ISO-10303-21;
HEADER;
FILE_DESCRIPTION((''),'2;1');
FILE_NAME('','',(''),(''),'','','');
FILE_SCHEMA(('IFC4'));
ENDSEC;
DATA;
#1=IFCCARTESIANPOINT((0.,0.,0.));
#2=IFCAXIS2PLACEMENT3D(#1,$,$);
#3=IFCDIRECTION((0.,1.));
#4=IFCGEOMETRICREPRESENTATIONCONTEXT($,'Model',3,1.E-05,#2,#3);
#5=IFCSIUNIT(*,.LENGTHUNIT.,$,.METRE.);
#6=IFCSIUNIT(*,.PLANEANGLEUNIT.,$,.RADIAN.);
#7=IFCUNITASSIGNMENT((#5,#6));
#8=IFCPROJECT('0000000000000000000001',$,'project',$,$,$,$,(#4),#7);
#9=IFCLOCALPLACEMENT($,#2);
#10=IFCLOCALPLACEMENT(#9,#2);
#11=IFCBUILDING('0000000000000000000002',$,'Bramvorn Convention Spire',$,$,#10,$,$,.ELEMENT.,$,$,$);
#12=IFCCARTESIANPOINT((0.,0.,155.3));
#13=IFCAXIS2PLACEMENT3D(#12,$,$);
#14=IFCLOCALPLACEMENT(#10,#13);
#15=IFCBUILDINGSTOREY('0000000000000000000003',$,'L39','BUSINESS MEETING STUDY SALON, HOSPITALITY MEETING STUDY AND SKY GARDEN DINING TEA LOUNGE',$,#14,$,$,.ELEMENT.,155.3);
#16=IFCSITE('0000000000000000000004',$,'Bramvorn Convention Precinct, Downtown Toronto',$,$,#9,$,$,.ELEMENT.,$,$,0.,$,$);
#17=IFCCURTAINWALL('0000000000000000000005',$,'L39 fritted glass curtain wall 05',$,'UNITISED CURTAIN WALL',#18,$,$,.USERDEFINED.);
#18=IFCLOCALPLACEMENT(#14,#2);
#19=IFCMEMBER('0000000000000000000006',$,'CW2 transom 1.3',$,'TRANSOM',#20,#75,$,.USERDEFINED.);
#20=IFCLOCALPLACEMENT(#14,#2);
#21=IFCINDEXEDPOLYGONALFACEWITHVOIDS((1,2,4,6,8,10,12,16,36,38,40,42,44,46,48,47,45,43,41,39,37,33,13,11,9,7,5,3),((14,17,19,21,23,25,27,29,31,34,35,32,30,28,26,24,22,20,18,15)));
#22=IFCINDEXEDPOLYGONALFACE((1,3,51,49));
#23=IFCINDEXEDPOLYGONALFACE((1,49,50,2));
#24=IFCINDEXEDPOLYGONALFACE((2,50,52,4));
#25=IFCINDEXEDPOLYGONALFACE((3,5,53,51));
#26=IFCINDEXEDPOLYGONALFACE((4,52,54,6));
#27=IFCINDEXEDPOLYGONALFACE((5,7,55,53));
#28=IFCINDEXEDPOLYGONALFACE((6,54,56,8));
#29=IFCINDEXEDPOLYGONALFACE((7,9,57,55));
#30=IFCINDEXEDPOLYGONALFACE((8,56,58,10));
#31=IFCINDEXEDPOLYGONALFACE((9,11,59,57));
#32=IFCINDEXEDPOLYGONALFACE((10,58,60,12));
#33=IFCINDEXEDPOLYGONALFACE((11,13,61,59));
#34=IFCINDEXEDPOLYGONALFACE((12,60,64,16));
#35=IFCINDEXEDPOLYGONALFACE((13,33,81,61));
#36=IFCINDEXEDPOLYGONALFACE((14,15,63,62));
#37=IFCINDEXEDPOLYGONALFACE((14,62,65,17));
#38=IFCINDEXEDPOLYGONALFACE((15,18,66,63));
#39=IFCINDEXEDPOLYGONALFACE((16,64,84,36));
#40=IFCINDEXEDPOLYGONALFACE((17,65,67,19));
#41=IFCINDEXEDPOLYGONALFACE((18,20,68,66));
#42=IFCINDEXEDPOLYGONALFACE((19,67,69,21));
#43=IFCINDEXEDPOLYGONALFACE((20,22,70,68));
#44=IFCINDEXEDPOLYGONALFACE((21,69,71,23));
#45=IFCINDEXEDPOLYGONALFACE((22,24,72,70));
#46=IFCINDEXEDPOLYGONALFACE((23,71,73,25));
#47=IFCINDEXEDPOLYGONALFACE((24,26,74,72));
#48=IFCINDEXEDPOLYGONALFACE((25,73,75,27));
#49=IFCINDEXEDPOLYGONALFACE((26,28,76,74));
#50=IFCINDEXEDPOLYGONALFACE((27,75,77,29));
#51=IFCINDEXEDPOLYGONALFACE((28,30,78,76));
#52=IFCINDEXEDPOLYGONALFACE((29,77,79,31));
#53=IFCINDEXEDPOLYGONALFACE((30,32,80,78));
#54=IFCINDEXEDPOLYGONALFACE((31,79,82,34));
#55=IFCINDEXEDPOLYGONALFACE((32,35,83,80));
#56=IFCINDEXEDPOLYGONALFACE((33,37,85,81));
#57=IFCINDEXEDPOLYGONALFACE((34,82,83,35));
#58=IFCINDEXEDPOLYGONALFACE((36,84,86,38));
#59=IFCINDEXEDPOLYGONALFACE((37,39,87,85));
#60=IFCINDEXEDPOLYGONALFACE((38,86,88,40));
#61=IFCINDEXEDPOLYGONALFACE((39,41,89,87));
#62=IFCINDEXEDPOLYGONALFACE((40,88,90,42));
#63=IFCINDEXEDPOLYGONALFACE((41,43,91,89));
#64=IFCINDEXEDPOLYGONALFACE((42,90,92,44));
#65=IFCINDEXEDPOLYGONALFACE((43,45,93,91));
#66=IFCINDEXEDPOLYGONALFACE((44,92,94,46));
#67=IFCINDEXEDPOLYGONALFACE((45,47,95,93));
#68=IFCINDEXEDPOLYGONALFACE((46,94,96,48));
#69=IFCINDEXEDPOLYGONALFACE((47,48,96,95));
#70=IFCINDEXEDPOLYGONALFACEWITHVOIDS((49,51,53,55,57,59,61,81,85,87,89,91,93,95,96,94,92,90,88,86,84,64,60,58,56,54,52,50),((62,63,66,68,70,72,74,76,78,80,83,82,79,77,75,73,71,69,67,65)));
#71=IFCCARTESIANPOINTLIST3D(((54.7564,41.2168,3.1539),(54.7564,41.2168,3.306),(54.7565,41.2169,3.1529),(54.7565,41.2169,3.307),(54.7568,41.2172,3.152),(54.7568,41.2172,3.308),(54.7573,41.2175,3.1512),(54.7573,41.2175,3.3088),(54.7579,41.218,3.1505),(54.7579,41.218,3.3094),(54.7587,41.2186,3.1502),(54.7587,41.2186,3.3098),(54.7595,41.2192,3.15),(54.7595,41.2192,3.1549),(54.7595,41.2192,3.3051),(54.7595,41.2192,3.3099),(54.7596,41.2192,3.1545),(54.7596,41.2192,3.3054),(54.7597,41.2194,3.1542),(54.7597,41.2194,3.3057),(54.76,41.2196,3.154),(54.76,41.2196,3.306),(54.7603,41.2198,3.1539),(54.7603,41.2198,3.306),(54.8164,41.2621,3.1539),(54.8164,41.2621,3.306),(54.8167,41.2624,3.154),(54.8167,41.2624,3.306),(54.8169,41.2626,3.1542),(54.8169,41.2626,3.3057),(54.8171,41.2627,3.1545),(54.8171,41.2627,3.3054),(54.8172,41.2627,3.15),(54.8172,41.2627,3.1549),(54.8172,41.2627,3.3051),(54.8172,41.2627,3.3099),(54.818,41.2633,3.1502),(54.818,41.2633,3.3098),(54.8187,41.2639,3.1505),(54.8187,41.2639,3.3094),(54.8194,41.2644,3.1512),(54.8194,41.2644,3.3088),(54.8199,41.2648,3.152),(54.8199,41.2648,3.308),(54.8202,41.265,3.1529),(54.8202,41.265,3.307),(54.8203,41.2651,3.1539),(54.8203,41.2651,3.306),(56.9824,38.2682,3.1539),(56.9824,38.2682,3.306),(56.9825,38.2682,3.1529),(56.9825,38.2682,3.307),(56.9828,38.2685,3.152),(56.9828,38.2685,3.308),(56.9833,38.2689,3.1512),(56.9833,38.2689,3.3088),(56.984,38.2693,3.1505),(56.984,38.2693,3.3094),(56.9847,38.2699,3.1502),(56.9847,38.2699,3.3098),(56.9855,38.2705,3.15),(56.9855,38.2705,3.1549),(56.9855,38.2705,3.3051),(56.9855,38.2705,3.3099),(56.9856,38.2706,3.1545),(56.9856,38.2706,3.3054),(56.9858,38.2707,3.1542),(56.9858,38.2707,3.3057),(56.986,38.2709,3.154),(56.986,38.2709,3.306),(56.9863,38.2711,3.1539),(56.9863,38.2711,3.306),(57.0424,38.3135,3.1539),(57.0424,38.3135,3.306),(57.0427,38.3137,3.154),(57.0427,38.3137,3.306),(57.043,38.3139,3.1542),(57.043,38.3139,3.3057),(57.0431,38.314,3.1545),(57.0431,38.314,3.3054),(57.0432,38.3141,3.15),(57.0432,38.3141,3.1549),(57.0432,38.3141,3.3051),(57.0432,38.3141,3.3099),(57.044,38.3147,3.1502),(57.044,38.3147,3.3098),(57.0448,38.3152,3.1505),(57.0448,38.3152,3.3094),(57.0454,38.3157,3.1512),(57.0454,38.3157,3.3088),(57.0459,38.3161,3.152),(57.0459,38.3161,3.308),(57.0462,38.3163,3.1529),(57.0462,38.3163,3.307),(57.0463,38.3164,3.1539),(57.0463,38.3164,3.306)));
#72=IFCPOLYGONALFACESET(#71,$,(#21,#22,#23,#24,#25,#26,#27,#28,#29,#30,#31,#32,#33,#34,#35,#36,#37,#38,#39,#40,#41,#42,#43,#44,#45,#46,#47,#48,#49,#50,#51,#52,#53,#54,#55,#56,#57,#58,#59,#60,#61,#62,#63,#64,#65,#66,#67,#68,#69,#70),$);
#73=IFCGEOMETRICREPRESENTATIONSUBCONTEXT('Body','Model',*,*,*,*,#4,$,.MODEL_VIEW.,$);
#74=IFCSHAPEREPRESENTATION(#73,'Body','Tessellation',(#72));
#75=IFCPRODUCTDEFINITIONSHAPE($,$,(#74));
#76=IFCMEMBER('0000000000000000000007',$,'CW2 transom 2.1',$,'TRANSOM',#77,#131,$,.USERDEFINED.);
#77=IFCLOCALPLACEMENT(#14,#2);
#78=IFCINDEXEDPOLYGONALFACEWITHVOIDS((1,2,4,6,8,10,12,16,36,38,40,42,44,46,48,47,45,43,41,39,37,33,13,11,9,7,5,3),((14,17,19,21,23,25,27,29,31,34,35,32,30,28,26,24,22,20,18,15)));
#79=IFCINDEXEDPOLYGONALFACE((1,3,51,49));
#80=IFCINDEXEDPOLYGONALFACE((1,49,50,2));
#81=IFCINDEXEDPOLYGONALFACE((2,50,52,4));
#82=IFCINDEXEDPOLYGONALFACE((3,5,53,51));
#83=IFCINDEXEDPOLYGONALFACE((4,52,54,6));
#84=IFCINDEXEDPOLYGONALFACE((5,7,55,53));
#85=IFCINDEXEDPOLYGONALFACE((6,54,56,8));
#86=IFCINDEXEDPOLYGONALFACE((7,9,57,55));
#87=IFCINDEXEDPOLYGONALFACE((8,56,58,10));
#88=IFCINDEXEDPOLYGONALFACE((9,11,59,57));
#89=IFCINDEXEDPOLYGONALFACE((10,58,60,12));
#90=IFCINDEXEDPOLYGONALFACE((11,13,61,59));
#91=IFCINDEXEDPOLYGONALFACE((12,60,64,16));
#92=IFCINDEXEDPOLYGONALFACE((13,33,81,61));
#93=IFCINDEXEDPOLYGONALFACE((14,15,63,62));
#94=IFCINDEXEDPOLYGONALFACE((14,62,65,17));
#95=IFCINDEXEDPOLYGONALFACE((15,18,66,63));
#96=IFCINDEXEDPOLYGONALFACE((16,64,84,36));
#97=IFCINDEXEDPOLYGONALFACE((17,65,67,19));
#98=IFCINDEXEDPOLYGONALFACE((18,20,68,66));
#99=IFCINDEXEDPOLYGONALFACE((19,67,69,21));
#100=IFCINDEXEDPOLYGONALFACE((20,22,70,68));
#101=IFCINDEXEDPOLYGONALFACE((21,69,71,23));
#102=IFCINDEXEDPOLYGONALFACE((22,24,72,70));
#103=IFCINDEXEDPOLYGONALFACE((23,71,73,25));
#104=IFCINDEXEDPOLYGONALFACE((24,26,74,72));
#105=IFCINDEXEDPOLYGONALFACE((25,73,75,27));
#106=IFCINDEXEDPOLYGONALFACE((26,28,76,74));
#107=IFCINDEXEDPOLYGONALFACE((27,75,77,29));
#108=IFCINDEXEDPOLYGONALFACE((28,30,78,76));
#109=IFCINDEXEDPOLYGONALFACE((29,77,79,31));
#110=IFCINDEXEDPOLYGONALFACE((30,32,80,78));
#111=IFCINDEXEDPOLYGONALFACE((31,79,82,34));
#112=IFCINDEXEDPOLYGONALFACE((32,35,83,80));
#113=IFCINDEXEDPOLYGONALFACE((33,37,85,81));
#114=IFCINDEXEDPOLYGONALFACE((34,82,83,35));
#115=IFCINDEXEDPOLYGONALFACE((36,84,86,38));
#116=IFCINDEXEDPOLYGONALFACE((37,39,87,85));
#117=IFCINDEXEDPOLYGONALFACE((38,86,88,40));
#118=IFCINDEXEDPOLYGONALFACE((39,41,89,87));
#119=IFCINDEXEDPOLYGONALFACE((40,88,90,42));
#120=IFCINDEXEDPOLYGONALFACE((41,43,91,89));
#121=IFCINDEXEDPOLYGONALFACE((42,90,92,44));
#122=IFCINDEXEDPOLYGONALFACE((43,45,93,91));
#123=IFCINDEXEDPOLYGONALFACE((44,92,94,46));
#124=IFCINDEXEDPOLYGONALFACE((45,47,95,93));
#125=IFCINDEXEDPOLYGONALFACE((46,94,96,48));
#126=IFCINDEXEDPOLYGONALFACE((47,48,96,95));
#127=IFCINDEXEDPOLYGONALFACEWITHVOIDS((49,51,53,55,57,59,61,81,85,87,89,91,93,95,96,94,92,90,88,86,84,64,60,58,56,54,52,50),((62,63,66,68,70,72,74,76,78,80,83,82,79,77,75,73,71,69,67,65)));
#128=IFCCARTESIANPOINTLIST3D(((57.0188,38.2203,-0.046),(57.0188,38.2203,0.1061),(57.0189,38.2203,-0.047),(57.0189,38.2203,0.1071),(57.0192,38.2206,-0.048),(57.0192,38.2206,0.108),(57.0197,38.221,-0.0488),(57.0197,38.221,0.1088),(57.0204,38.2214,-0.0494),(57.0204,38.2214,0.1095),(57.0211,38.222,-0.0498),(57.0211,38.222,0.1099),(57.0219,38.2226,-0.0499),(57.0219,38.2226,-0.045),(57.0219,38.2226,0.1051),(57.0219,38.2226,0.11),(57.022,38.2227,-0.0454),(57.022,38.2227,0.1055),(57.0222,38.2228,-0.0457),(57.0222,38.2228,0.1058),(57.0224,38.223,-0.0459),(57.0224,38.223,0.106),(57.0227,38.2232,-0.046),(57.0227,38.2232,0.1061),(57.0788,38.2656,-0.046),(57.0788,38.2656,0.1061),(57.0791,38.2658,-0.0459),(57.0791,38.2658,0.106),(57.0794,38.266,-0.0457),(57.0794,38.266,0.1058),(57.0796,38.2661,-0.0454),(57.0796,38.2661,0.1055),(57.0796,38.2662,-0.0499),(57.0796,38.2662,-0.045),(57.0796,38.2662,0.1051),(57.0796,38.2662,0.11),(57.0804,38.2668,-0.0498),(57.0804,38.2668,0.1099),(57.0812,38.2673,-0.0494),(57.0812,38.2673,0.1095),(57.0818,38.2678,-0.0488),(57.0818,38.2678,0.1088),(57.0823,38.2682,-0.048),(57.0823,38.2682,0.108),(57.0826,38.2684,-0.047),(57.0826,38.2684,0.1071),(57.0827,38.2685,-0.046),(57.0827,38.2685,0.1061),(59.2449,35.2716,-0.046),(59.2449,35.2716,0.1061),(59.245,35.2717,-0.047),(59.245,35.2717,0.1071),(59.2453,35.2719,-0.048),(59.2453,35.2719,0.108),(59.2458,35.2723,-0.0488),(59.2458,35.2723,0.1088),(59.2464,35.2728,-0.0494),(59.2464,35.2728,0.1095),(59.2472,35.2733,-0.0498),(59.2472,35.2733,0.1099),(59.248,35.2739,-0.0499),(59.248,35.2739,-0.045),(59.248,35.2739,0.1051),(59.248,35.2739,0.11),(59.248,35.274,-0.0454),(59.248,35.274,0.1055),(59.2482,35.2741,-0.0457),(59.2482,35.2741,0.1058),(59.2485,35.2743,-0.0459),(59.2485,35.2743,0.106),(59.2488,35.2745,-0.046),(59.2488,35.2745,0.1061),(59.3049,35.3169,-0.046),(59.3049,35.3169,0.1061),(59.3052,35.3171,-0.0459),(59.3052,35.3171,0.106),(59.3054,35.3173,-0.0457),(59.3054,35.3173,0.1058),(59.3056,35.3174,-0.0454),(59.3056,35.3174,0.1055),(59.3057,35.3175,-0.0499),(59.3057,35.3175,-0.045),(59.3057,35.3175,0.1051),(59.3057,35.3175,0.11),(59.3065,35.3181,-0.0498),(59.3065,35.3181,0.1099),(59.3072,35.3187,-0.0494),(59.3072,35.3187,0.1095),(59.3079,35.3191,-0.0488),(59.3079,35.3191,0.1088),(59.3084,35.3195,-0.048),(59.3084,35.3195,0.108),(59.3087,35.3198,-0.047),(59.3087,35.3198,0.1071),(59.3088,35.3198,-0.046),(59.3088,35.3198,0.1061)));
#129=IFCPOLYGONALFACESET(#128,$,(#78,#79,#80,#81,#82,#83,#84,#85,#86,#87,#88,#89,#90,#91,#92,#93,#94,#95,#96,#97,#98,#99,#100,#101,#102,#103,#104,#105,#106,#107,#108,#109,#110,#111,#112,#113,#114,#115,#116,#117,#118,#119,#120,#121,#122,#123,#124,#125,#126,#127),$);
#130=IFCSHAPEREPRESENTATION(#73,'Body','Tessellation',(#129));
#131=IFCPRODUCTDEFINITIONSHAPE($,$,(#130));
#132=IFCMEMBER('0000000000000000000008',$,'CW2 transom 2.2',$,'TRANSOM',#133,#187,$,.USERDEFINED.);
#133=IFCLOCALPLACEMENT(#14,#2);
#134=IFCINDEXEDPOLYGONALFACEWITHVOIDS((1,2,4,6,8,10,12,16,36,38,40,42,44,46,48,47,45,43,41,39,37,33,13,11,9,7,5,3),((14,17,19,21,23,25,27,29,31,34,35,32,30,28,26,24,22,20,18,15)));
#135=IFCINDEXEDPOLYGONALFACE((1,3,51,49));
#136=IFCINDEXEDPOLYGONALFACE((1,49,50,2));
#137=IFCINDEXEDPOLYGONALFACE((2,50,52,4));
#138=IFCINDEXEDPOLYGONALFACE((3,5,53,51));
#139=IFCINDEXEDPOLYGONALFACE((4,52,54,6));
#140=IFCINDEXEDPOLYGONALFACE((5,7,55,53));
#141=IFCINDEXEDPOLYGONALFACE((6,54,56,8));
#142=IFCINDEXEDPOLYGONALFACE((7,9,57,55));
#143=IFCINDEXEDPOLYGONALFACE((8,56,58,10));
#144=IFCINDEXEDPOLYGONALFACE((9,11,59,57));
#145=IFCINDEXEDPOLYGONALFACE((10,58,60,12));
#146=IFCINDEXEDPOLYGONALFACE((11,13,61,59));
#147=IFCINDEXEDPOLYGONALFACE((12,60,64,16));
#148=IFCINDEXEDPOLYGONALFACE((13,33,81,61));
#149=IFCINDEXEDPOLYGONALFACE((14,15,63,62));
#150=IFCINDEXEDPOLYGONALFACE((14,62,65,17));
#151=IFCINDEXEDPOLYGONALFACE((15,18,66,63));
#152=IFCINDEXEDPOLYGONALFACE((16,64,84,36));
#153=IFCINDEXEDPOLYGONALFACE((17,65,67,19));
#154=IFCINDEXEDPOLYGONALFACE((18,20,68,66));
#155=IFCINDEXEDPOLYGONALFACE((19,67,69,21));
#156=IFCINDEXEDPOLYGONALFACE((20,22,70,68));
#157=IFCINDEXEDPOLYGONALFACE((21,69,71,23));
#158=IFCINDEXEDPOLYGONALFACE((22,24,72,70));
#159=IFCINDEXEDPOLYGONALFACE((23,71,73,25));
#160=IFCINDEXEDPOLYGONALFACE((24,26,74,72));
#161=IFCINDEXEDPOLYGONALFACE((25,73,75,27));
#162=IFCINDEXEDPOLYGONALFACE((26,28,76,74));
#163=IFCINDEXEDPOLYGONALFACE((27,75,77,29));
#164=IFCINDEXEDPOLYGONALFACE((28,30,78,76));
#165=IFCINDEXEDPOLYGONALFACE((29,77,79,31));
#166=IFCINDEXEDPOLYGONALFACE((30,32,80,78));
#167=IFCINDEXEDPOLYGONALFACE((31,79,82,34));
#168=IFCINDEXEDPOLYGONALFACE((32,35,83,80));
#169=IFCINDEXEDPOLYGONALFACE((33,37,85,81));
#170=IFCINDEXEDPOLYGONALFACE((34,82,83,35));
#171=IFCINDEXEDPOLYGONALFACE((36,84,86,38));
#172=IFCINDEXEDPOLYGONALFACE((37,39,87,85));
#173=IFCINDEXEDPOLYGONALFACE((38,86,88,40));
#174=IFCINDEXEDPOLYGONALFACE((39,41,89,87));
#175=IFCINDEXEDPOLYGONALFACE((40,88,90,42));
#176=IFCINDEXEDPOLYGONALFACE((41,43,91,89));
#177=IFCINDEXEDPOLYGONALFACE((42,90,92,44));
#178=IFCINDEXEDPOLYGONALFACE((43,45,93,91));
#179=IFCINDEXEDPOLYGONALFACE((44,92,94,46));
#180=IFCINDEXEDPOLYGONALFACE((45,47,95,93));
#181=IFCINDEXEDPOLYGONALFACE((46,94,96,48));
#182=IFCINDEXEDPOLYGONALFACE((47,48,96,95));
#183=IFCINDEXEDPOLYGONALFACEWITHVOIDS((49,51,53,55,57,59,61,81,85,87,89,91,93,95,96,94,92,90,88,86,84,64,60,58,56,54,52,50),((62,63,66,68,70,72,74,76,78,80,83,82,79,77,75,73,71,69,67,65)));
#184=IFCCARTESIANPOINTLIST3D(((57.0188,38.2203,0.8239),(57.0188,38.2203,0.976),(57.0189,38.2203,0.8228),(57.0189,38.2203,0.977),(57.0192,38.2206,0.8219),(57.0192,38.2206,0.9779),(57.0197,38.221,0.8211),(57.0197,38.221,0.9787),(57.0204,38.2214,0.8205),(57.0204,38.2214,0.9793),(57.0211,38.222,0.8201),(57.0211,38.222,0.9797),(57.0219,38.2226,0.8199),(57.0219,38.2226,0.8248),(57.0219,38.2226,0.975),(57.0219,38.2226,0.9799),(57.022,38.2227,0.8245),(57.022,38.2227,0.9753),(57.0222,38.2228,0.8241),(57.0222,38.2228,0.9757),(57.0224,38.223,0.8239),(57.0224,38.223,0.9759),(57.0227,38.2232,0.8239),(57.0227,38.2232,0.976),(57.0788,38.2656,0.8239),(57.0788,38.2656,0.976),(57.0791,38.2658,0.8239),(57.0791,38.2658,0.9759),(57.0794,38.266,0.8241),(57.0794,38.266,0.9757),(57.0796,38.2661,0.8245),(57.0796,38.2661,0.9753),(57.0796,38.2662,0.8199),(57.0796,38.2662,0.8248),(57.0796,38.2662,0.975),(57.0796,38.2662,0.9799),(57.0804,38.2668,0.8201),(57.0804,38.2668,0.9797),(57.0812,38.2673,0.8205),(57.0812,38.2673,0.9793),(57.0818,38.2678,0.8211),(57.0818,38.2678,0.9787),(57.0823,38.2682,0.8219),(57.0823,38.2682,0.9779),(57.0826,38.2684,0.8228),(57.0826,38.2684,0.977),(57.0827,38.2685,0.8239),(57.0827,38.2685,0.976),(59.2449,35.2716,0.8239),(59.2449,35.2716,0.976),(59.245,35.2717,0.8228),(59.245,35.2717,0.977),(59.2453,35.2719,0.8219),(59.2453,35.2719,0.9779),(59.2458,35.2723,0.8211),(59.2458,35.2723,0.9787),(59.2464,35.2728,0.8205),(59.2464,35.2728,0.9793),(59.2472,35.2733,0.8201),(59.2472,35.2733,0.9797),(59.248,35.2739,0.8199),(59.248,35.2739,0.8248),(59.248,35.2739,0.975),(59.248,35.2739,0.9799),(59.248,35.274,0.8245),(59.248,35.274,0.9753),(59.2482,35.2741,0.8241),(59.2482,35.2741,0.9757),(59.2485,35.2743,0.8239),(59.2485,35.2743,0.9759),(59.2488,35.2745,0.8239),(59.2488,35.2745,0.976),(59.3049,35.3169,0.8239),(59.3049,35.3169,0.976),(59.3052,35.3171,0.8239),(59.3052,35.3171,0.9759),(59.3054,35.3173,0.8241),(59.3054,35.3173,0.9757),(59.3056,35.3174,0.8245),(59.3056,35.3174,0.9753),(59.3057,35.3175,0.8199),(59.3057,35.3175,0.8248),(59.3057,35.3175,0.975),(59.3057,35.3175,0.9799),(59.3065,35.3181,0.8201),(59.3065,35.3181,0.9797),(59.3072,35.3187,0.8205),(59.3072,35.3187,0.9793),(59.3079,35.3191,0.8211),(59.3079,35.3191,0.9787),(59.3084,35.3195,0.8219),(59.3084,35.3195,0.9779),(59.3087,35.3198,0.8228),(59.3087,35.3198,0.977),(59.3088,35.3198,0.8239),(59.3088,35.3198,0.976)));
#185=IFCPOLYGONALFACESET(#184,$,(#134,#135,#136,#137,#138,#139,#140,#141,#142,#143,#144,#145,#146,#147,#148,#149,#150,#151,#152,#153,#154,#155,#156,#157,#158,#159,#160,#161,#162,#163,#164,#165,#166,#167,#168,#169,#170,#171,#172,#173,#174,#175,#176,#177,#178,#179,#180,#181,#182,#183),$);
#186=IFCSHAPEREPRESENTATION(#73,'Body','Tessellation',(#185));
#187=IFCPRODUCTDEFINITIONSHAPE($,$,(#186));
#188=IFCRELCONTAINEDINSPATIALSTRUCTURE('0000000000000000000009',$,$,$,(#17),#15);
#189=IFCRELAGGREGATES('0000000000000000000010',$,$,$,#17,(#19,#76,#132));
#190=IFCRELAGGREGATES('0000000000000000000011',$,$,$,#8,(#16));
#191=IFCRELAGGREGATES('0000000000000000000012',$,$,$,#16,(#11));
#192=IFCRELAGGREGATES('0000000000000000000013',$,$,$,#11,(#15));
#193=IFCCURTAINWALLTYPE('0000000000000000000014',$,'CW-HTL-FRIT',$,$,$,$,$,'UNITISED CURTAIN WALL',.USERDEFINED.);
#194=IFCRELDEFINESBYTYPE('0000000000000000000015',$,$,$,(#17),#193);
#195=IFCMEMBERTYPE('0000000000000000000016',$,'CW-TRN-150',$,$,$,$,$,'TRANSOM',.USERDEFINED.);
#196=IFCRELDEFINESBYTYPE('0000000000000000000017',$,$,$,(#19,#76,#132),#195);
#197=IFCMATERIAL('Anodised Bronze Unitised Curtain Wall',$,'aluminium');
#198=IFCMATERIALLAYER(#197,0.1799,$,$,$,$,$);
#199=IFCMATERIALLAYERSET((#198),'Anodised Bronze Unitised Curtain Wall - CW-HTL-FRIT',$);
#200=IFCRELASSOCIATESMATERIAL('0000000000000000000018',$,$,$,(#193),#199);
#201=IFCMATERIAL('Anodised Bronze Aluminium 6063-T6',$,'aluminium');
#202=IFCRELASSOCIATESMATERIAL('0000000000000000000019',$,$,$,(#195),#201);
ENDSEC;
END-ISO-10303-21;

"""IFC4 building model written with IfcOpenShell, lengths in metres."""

from ifc_helpers import new_model, si_unit, direction, frame, origin, origin_2d, place, context, subcontext, project, spatial, hollow_rectangle, extrude, material, layer, layer_set, material_profile, profile_set, type_object, element, aggregate, save


model = new_model("IFC4")

# Units and contexts
model_context = context("Model", 3, precision=1e-05, world=origin(), true_north=direction((0.0, 1.0)))
body_context = subcontext(model_context, "Body", "Model", "MODEL_VIEW")
ifc_project = project(units=[si_unit("LENGTHUNIT", "METRE"), si_unit("PLANEANGLEUNIT", "RADIAN")], contexts=[model_context])

# Site, building, storey
site_placement = place(None, origin())
site = spatial("IfcSite", under=ifc_project, at=site_placement, Name="Bramvorn Convention Precinct, Downtown Toronto", CompositionType="ELEMENT", RefElevation=0.0)
building_placement = place(site_placement, origin())
building = spatial("IfcBuilding", under=site, at=building_placement, Name="Bramvorn Convention Spire", CompositionType="ELEMENT")
storey_placement = place(building_placement, frame((0.0, 0.0, 155.3)))
storey = spatial("IfcBuildingStorey", under=building, at=storey_placement, Name="L39", Description="BUSINESS MEETING STUDY SALON, HOSPITALITY MEETING STUDY AND SKY GARDEN DINING TEA LOUNGE", CompositionType="ELEMENT", Elevation=155.3)

# Curtain wall
ifc_material_1 = material(Name="Anodised Bronze Unitised Curtain Wall", Category="aluminium")
ifc_layer_1 = layer(ifc_material_1, 0.1799)
ifc_layer_set_1 = layer_set([ifc_layer_1], Name="Anodised Bronze Unitised Curtain Wall - CW-HTL-FRIT")
curtain_wall_type = type_object("IfcCurtainWallType", Name="CW-HTL-FRIT", ElementType="UNITISED CURTAIN WALL", PredefinedType="USERDEFINED", material=ifc_layer_set_1)
curtain_wall_1_placement = place(storey_placement, origin())
curtain_wall_1 = element("IfcCurtainWall", 1, at=curtain_wall_1_placement, inside=storey, type_object=curtain_wall_type, Name="L39 fritted glass curtain wall 05", ObjectType="UNITISED CURTAIN WALL", PredefinedType="USERDEFINED")
ifc_material_2 = material(Name="Anodised Bronze Aluminium 6063-T6", Category="aluminium")

# Members
ifc_material_profile_1 = material_profile(ifc_material_2, hollow_rectangle(XDim=0.0801, YDim=0.1599, WallThickness=0.0039, InnerFilletRadius=0.001, OuterFilletRadius=0.0039, at=origin_2d()))
ifc_profile_set_1 = profile_set([ifc_material_profile_1], Name="Anodised Bronze Aluminium 6063-T6 - CWT80X160")
member_type_1 = type_object("IfcMemberType", Name="CW-TRN-150", ElementType="TRANSOM", PredefinedType="USERDEFINED", material=ifc_profile_set_1)
member_1_placement = place(storey_placement, frame((54.7883, 41.241, 3.23), z_axis=(0.602513, -0.798109, 0.0), x_axis=(0.798109, 0.602513, 0.0)))
member_1 = element("IfcMember", 2, at=member_1_placement, type_object=member_type_1, Name="CW2 transom 1.3", ObjectType="TRANSOM", PredefinedType="USERDEFINED", context=body_context, shape_type="SweptSolid", body=[
    extrude(hollow_rectangle(XDim=0.0801, YDim=0.1599, WallThickness=0.0039, InnerFilletRadius=0.001, OuterFilletRadius=0.0039, at=origin_2d()), origin(), (0.0, 0.0, 1.0), 3.6946),
])
member_2_placement = place(storey_placement, frame((57.0508, 38.2444, 0.03), z_axis=(0.602513, -0.798109, 0.0), x_axis=(0.798109, 0.602513, 0.0)))
member_2 = element("IfcMember", 3, at=member_2_placement, type_object=member_type_1, Name="CW2 transom 2.1", ObjectType="TRANSOM", PredefinedType="USERDEFINED", context=body_context, shape_type="SweptSolid", body=[
    extrude(hollow_rectangle(XDim=0.0801, YDim=0.1599, WallThickness=0.0039, InnerFilletRadius=0.001, OuterFilletRadius=0.0039, at=origin_2d()), origin(), (0.0, 0.0, 1.0), 3.6946),
])
member_3_placement = place(storey_placement, frame((57.0508, 38.2444, 0.8999), z_axis=(0.602513, -0.798109, 0.0), x_axis=(0.798109, 0.602513, 0.0)))
member_3 = element("IfcMember", 4, at=member_3_placement, type_object=member_type_1, Name="CW2 transom 2.2", ObjectType="TRANSOM", PredefinedType="USERDEFINED", context=body_context, shape_type="SweptSolid", body=[
    extrude(hollow_rectangle(XDim=0.0801, YDim=0.1599, WallThickness=0.0039, InnerFilletRadius=0.001, OuterFilletRadius=0.0039, at=origin_2d()), origin(), (0.0, 0.0, 1.0), 3.6946),
])

aggregate(curtain_wall_1, [member_1, member_2, member_3])

save(model, "model.ifc")
